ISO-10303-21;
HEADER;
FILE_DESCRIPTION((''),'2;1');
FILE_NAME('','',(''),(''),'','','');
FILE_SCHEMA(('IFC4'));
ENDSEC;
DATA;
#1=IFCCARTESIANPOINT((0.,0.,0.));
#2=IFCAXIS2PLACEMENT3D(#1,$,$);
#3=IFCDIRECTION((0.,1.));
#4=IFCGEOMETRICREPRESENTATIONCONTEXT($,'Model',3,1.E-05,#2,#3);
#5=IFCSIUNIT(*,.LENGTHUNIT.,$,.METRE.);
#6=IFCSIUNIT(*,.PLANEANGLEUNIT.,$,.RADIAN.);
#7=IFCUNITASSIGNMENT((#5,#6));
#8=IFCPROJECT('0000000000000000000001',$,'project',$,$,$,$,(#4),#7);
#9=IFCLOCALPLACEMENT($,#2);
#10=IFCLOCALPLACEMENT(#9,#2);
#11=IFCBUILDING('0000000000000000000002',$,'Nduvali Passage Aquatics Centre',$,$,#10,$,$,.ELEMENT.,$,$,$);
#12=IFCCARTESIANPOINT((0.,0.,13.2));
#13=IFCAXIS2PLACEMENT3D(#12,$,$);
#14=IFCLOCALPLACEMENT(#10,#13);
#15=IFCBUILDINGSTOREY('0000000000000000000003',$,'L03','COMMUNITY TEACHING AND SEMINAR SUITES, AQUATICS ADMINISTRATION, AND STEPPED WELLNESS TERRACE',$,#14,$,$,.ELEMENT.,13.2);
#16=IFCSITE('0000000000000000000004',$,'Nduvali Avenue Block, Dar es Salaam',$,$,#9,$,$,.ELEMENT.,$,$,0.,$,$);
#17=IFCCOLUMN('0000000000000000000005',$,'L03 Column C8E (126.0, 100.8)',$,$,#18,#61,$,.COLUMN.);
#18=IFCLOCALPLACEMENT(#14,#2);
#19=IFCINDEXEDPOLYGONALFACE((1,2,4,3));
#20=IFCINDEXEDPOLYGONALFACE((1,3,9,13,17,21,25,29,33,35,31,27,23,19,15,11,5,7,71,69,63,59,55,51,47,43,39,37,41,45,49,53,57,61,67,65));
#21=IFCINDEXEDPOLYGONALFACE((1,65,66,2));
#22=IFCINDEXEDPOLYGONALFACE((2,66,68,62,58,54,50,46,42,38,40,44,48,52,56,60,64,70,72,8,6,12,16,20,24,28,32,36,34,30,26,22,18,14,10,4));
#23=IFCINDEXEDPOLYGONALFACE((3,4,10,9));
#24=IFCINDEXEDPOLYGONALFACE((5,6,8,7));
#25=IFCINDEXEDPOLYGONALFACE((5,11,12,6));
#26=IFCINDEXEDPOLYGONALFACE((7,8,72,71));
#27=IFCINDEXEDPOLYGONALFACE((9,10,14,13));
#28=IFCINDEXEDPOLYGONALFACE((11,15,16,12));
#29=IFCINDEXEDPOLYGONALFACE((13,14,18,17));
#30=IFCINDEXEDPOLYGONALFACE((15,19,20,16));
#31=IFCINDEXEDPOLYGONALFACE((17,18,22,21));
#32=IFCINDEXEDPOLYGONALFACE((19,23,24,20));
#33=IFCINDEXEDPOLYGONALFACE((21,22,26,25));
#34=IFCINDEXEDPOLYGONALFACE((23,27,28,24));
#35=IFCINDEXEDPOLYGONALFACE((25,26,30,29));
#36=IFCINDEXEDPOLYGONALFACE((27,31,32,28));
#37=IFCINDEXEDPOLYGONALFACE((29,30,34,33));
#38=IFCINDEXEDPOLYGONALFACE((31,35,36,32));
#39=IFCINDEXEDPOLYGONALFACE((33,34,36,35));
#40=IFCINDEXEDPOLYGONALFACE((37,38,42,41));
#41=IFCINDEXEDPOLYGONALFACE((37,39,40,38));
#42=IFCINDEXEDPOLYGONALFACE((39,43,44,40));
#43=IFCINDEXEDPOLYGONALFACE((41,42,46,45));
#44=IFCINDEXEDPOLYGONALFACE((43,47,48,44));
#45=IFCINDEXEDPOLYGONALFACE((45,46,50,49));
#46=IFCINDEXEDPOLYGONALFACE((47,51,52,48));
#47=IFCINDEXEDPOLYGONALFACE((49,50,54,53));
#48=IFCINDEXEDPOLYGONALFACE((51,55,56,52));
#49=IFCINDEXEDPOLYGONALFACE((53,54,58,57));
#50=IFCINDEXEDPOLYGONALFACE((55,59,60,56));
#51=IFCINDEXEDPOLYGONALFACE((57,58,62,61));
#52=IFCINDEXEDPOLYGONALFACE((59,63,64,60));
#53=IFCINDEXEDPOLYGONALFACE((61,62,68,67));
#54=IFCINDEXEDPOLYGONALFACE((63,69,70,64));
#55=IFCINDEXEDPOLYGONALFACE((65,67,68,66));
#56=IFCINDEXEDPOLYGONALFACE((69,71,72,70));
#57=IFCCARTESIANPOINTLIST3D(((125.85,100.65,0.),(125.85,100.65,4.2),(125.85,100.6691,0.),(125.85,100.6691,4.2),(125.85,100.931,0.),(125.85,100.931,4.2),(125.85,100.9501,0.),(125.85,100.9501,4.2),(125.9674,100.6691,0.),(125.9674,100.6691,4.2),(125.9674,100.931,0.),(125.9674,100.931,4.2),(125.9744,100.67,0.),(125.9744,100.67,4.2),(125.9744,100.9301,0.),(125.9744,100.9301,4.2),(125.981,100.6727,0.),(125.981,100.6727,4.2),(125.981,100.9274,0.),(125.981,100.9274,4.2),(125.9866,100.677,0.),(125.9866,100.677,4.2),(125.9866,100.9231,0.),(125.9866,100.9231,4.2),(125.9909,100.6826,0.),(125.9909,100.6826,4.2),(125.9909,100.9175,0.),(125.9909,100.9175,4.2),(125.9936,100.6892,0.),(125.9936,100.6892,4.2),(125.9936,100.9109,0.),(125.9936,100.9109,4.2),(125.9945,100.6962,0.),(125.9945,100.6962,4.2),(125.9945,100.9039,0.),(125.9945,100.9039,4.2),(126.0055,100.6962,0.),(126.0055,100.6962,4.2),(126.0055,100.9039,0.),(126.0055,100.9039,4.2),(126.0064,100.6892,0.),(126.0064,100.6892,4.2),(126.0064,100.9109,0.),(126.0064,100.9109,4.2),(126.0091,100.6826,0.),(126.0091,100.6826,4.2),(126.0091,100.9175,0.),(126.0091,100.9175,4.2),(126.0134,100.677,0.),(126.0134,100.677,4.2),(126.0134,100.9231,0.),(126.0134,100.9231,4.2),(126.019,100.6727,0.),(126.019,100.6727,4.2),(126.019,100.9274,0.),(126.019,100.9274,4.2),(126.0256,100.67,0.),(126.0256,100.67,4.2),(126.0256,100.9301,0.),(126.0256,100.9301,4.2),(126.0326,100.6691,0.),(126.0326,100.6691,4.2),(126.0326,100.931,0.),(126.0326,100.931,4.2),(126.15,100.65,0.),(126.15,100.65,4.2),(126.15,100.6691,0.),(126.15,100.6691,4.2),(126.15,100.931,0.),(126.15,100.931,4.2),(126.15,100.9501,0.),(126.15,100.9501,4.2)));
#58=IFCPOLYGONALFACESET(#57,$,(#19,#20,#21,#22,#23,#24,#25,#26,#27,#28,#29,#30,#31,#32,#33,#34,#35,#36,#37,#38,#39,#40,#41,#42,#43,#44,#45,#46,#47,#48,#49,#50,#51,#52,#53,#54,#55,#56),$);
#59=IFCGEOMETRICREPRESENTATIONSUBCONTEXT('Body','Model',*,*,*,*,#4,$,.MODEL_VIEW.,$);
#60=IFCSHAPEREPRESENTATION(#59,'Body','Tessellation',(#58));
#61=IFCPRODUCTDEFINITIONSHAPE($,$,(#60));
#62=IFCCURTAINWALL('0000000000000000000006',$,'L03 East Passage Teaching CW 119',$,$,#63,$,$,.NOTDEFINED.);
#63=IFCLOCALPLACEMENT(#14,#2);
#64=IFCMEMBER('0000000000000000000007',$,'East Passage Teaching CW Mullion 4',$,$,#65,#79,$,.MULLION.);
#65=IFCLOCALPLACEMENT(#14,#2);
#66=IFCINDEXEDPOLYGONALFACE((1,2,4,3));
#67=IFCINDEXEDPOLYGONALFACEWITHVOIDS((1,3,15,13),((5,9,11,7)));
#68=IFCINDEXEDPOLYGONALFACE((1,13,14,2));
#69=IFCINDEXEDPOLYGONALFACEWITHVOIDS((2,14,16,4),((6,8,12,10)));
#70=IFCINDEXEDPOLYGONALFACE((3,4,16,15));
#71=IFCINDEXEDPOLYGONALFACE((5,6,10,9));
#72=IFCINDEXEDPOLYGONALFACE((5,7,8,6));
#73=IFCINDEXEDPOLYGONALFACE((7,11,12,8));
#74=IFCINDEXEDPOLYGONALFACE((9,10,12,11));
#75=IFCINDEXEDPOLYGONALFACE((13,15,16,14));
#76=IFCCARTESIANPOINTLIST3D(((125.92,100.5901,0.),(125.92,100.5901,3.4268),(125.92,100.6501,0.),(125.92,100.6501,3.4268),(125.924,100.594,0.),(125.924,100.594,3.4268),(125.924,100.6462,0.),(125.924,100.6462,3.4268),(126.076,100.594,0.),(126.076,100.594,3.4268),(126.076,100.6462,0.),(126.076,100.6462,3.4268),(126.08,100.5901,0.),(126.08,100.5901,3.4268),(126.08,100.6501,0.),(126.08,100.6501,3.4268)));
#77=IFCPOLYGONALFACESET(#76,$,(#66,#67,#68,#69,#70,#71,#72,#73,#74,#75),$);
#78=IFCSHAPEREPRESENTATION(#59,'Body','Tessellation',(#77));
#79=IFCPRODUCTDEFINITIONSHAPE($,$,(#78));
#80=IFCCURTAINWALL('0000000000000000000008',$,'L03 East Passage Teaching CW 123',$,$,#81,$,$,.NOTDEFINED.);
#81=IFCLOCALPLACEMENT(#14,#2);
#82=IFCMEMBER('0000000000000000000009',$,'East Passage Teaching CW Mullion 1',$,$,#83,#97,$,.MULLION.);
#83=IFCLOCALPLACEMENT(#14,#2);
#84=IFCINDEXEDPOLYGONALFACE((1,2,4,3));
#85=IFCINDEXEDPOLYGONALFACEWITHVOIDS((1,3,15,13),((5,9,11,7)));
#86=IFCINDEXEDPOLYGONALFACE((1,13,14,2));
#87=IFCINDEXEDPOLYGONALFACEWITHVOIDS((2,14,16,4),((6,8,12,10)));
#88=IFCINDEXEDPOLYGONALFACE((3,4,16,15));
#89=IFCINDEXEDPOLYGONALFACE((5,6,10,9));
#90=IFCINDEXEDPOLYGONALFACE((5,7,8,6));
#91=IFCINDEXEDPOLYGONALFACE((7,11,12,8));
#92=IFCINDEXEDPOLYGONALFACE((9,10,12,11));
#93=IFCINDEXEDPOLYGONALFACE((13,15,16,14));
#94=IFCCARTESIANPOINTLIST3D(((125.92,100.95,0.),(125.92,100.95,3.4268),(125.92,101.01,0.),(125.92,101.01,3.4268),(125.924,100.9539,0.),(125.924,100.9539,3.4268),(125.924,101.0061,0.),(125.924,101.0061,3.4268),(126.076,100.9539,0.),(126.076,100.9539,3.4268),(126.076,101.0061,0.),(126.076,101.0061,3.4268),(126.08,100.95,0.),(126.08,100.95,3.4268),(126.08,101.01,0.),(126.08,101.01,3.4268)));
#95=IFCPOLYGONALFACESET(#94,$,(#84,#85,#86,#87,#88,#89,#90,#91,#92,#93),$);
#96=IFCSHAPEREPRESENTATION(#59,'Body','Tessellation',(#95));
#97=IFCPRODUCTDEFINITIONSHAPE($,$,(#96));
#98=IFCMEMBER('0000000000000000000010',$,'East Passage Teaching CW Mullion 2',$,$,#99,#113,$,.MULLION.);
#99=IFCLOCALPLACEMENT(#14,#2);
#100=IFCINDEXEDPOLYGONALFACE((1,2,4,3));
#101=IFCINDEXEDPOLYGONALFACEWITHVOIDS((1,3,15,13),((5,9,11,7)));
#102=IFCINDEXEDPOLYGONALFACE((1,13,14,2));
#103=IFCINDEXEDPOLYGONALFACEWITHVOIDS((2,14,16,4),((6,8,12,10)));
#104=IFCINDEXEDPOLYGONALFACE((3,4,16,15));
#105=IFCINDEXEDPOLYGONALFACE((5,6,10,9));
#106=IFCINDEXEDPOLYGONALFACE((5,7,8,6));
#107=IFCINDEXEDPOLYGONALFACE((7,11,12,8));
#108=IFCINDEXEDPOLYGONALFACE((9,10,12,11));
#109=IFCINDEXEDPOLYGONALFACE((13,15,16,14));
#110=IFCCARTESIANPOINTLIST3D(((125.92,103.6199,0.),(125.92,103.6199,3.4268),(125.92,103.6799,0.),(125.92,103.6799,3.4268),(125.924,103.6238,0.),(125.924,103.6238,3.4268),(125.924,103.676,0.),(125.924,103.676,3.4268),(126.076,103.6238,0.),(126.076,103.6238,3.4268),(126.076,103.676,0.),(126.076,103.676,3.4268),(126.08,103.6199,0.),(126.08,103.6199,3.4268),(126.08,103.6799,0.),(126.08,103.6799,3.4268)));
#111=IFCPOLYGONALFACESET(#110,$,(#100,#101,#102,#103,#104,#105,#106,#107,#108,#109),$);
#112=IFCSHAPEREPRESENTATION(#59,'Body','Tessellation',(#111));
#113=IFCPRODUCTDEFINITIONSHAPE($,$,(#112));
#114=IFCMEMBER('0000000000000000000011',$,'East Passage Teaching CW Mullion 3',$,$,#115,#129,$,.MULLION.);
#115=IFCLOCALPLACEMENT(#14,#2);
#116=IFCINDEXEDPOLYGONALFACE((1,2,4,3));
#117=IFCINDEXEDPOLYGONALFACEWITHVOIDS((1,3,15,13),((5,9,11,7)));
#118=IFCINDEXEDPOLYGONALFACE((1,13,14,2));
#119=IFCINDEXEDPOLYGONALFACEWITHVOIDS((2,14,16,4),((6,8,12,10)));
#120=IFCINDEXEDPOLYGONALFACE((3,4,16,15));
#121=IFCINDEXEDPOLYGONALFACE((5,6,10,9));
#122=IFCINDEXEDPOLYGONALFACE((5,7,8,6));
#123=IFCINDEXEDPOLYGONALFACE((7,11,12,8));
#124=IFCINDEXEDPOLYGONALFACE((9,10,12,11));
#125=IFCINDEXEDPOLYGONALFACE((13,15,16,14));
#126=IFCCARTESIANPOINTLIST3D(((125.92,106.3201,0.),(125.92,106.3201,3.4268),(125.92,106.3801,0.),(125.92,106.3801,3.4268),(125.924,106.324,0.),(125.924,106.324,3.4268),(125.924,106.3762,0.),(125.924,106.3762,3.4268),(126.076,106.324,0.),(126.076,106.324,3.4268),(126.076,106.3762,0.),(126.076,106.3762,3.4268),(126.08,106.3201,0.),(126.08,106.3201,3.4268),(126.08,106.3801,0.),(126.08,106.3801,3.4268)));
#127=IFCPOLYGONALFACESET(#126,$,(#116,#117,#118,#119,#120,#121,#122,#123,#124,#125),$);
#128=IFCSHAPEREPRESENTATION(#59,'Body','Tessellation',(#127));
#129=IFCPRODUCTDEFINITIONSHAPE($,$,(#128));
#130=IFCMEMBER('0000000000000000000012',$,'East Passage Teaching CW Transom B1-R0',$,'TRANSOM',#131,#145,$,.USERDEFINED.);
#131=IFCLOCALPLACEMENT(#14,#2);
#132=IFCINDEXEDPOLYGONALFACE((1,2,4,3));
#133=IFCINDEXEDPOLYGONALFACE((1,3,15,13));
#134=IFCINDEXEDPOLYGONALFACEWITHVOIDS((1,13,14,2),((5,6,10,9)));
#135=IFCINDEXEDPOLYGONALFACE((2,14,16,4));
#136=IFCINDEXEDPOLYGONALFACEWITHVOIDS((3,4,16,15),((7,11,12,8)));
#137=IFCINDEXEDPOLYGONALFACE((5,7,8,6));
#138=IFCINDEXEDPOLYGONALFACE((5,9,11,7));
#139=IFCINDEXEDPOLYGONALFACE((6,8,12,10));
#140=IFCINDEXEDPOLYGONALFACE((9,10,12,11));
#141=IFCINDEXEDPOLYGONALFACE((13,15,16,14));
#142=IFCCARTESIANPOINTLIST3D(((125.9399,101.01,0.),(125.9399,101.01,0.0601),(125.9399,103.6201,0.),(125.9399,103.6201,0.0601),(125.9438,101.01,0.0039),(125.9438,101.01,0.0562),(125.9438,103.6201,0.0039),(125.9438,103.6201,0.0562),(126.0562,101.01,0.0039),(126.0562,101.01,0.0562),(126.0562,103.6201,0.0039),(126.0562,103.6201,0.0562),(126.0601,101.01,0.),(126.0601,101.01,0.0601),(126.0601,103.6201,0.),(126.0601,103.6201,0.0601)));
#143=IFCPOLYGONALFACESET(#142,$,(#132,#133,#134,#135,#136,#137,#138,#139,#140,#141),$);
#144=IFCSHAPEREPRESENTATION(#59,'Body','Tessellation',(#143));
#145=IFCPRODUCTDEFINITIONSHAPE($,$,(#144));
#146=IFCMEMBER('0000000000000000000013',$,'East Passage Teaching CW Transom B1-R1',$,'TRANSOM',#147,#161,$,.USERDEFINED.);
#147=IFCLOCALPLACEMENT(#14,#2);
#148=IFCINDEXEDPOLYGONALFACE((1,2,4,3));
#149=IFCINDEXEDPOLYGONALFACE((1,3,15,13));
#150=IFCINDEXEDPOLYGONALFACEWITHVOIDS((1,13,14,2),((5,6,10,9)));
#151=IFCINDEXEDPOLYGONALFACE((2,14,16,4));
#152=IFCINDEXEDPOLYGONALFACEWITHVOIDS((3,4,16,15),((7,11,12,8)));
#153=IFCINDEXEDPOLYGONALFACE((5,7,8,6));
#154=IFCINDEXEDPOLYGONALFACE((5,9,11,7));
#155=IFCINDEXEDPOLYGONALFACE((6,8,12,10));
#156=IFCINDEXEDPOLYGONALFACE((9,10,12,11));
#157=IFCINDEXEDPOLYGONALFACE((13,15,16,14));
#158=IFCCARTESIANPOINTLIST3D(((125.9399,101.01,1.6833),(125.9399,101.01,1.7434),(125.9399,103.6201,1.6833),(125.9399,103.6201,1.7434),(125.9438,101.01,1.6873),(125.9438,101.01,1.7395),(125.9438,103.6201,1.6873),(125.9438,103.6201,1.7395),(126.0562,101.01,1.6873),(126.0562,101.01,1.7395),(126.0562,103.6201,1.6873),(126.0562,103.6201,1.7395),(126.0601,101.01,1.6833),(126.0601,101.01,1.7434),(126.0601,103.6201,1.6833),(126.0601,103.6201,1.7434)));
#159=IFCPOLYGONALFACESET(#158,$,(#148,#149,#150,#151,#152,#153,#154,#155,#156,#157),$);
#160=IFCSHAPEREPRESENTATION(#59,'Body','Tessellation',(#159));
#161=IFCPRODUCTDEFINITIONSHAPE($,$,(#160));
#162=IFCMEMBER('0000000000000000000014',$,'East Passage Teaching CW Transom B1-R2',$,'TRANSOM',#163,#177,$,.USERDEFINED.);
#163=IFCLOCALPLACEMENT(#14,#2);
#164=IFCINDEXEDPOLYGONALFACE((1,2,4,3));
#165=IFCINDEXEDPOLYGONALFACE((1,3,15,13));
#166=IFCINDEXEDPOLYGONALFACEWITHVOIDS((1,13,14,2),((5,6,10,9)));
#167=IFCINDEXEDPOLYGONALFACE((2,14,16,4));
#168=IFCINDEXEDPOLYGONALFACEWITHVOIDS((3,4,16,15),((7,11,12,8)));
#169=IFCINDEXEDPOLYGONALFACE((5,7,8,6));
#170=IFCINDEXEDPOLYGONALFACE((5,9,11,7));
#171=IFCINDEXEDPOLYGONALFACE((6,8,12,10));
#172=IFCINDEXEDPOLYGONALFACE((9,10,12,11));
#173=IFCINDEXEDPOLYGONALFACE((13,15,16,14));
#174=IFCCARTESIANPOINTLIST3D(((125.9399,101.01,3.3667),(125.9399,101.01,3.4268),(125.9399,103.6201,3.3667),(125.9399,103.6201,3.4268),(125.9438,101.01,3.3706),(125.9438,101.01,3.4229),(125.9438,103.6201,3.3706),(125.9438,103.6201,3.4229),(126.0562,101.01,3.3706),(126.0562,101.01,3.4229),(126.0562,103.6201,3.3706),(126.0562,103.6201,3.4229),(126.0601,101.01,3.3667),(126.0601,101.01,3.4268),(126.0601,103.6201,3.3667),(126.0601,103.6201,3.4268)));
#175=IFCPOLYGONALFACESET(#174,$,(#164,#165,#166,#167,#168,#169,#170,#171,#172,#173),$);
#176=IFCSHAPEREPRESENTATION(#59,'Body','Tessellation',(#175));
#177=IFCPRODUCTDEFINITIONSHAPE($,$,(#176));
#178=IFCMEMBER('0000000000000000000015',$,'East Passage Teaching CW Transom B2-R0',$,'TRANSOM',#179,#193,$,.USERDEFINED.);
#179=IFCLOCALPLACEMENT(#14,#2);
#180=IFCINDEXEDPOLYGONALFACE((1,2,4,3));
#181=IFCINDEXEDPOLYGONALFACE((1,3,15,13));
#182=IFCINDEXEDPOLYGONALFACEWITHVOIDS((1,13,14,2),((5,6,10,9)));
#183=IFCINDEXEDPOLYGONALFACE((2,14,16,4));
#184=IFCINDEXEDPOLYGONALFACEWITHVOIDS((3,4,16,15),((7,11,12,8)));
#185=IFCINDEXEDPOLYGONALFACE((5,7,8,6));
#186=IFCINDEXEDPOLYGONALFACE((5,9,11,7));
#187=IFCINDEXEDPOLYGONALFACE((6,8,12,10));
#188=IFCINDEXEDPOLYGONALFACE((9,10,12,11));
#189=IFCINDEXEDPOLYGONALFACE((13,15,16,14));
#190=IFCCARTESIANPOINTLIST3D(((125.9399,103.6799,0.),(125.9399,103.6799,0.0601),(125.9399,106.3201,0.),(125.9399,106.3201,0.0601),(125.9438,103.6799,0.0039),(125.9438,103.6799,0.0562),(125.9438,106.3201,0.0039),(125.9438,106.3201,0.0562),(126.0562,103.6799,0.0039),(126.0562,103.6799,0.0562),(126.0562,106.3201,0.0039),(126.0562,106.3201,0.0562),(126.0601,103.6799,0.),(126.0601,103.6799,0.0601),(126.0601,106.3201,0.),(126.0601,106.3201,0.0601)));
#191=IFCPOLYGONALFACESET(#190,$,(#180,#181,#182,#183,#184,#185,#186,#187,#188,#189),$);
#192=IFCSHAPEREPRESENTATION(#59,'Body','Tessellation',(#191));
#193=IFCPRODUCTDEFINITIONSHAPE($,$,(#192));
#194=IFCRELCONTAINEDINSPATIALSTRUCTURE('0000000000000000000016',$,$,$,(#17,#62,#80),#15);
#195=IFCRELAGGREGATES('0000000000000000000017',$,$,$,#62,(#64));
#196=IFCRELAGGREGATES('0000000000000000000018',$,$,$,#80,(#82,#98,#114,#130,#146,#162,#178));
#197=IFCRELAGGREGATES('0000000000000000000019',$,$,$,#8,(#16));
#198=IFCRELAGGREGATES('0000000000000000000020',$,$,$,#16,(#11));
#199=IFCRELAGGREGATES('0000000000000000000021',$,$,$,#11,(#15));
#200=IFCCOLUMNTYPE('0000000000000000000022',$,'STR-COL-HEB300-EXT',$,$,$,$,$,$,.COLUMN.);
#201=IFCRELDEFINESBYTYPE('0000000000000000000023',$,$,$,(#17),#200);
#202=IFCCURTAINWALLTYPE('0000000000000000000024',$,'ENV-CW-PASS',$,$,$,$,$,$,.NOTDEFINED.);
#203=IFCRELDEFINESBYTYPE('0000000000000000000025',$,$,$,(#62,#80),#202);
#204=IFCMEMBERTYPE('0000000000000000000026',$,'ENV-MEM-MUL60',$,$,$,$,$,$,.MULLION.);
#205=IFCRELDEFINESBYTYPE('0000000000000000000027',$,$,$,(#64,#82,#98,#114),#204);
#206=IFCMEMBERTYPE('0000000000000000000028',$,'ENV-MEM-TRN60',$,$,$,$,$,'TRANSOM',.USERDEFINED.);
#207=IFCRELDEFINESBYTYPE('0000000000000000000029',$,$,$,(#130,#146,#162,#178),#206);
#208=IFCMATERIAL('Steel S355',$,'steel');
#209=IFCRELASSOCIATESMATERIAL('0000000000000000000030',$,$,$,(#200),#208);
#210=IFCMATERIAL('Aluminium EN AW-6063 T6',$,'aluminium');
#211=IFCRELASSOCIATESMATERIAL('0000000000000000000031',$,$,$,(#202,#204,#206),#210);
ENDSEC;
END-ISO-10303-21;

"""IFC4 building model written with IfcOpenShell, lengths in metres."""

from ifc_helpers import new_model, si_unit, direction, frame, origin, origin_2d, place, context, subcontext, project, spatial, hollow_rectangle, i_section, extrude, material, material_profile, profile_set, type_object, element, aggregate, save


model = new_model("IFC4")

# Units and contexts
model_context = context("Model", 3, precision=1e-05, world=origin(), true_north=direction((0.0, 1.0)))
body_context = subcontext(model_context, "Body", "Model", "MODEL_VIEW")
ifc_project = project(units=[si_unit("LENGTHUNIT", "METRE"), si_unit("PLANEANGLEUNIT", "RADIAN")], contexts=[model_context])

# Site, building, storey
site_placement = place(None, origin())
site = spatial("IfcSite", under=ifc_project, at=site_placement, Name="Nduvali Avenue Block, Dar es Salaam", CompositionType="ELEMENT", RefElevation=0.0)
building_placement = place(site_placement, origin())
building = spatial("IfcBuilding", under=site, at=building_placement, Name="Nduvali Passage Aquatics Centre", CompositionType="ELEMENT")
storey_placement = place(building_placement, frame((0.0, 0.0, 13.2)))
storey = spatial("IfcBuildingStorey", under=building, at=storey_placement, Name="L03", Description="COMMUNITY TEACHING AND SEMINAR SUITES, AQUATICS ADMINISTRATION, AND STEPPED WELLNESS TERRACE", CompositionType="ELEMENT", Elevation=13.2)

# Column
ifc_material_1 = material(Name="Steel S355", Category="steel")
ifc_material_profile_1 = material_profile(ifc_material_1, i_section(OverallWidth=0.3, OverallDepth=0.3, WebThickness=0.011, FlangeThickness=0.019, FilletRadius=0.0271, at=origin_2d()), Name="HEB 300")
ifc_profile_set_1 = profile_set([ifc_material_profile_1], Name="Steel S355")
column_type = type_object("IfcColumnType", Name="STR-COL-HEB300-EXT", PredefinedType="COLUMN", material=ifc_profile_set_1)
column_placement = place(storey_placement, frame((126.0, 100.8, 0.0), z_axis=(0.0, 0.0, 1.0), x_axis=(1.0, 0.0, 0.0)))
element("IfcColumn", 1, at=column_placement, inside=storey, type_object=column_type, Name="L03 Column C8E (126.0, 100.8)", PredefinedType="COLUMN", context=body_context, shape_type="SweptSolid", body=[
    extrude(i_section(OverallWidth=0.3, OverallDepth=0.3, WebThickness=0.011, FlangeThickness=0.019, FilletRadius=0.0271, at=origin_2d()), origin(), (0.0, 0.0, 1.0), 4.2),
])

# Curtain wall, member
ifc_material_2 = material(Name="Aluminium EN AW-6063 T6", Category="aluminium")
curtain_wall_type = type_object("IfcCurtainWallType", Name="ENV-CW-PASS", PredefinedType="NOTDEFINED", material=ifc_material_2)
curtain_wall_1_placement = place(storey_placement, origin())
curtain_wall_1 = element("IfcCurtainWall", 2, at=curtain_wall_1_placement, inside=storey, type_object=curtain_wall_type, Name="L03 East Passage Teaching CW 119", PredefinedType="NOTDEFINED")
ifc_material_profile_2 = material_profile(ifc_material_2, hollow_rectangle(XDim=0.0601, YDim=0.1599, WallThickness=0.0039, at=origin_2d()), Name="ALU MULLION 60x160x4")
ifc_profile_set_2 = profile_set([ifc_material_profile_2], Name="Aluminium EN AW-6063 T6")
member_type_1 = type_object("IfcMemberType", Name="ENV-MEM-MUL60", PredefinedType="MULLION", material=ifc_profile_set_2)
member_1_placement = place(storey_placement, frame((126.0, 100.6201, 0.0), z_axis=(0.0, 0.0, 1.0), x_axis=(0.0, 1.0, 0.0)))
member_1 = element("IfcMember", 3, at=member_1_placement, type_object=member_type_1, Name="East Passage Teaching CW Mullion 4", PredefinedType="MULLION", context=body_context, shape_type="SweptSolid", body=[
    extrude(hollow_rectangle(XDim=0.0601, YDim=0.1599, WallThickness=0.0039, at=origin_2d()), origin(), (0.0, 0.0, 1.0), 3.4268),
])

# Curtain wall, members
curtain_wall_2_placement = place(storey_placement, origin())
curtain_wall_2 = element("IfcCurtainWall", 4, at=curtain_wall_2_placement, inside=storey, type_object=curtain_wall_type, Name="L03 East Passage Teaching CW 123", PredefinedType="NOTDEFINED")
member_2_placement = place(storey_placement, frame((126.0, 100.98, 0.0), z_axis=(0.0, 0.0, 1.0), x_axis=(0.0, 1.0, 0.0)))
member_2 = element("IfcMember", 5, at=member_2_placement, type_object=member_type_1, Name="East Passage Teaching CW Mullion 1", PredefinedType="MULLION", context=body_context, shape_type="SweptSolid", body=[
    extrude(hollow_rectangle(XDim=0.0601, YDim=0.1599, WallThickness=0.0039, at=origin_2d()), origin(), (0.0, 0.0, 1.0), 3.4268),
])
member_3_placement = place(storey_placement, frame((126.0, 103.6499, 0.0), z_axis=(0.0, 0.0, 1.0), x_axis=(0.0, 1.0, 0.0)))
member_3 = element("IfcMember", 6, at=member_3_placement, type_object=member_type_1, Name="East Passage Teaching CW Mullion 2", PredefinedType="MULLION", context=body_context, shape_type="SweptSolid", body=[
    extrude(hollow_rectangle(XDim=0.0601, YDim=0.1599, WallThickness=0.0039, at=origin_2d()), origin(), (0.0, 0.0, 1.0), 3.4268),
])
member_4_placement = place(storey_placement, frame((126.0, 106.3501, 0.0), z_axis=(0.0, 0.0, 1.0), x_axis=(0.0, 1.0, 0.0)))
member_4 = element("IfcMember", 7, at=member_4_placement, type_object=member_type_1, Name="East Passage Teaching CW Mullion 3", PredefinedType="MULLION", context=body_context, shape_type="SweptSolid", body=[
    extrude(hollow_rectangle(XDim=0.0601, YDim=0.1599, WallThickness=0.0039, at=origin_2d()), origin(), (0.0, 0.0, 1.0), 3.4268),
])
ifc_material_profile_3 = material_profile(ifc_material_2, hollow_rectangle(XDim=0.1201, YDim=0.0601, WallThickness=0.0039, at=origin_2d()), Name="ALU TRANSOM 120x60x4")
ifc_profile_set_3 = profile_set([ifc_material_profile_3], Name="Aluminium EN AW-6063 T6")
member_type_2 = type_object("IfcMemberType", Name="ENV-MEM-TRN60", ElementType="TRANSOM", PredefinedType="USERDEFINED", material=ifc_profile_set_3)
member_5_placement = place(storey_placement, frame((126.0, 101.01, 0.03), z_axis=(0.0, 1.0, 0.0), x_axis=(-1.0, 0.0, 0.0)))
member_5 = element("IfcMember", 8, at=member_5_placement, type_object=member_type_2, Name="East Passage Teaching CW Transom B1-R0", ObjectType="TRANSOM", PredefinedType="USERDEFINED", context=body_context, shape_type="SweptSolid", body=[
    extrude(hollow_rectangle(XDim=0.1201, YDim=0.0601, WallThickness=0.0039, at=origin_2d()), origin(), (0.0, 0.0, 1.0), 2.6101),
])
member_6_placement = place(storey_placement, frame((126.0, 101.01, 1.7134), z_axis=(0.0, 1.0, 0.0), x_axis=(-1.0, 0.0, 0.0)))
member_6 = element("IfcMember", 9, at=member_6_placement, type_object=member_type_2, Name="East Passage Teaching CW Transom B1-R1", ObjectType="TRANSOM", PredefinedType="USERDEFINED", context=body_context, shape_type="SweptSolid", body=[
    extrude(hollow_rectangle(XDim=0.1201, YDim=0.0601, WallThickness=0.0039, at=origin_2d()), origin(), (0.0, 0.0, 1.0), 2.6101),
])
member_7_placement = place(storey_placement, frame((126.0, 101.01, 3.3967), z_axis=(0.0, 1.0, 0.0), x_axis=(-1.0, 0.0, 0.0)))
member_7 = element("IfcMember", 10, at=member_7_placement, type_object=member_type_2, Name="East Passage Teaching CW Transom B1-R2", ObjectType="TRANSOM", PredefinedType="USERDEFINED", context=body_context, shape_type="SweptSolid", body=[
    extrude(hollow_rectangle(XDim=0.1201, YDim=0.0601, WallThickness=0.0039, at=origin_2d()), origin(), (0.0, 0.0, 1.0), 2.6101),
])
member_8_placement = place(storey_placement, frame((126.0, 103.6799, 0.03), z_axis=(0.0, 1.0, 0.0), x_axis=(-1.0, 0.0, 0.0)))
member_8 = element("IfcMember", 11, at=member_8_placement, type_object=member_type_2, Name="East Passage Teaching CW Transom B2-R0", ObjectType="TRANSOM", PredefinedType="USERDEFINED", context=body_context, shape_type="SweptSolid", body=[
    extrude(hollow_rectangle(XDim=0.1201, YDim=0.0601, WallThickness=0.0039, at=origin_2d()), origin(), (0.0, 0.0, 1.0), 2.6401),
])

aggregate(curtain_wall_1, [member_1])
aggregate(curtain_wall_2, [member_2, member_3, member_4, member_5, member_6, member_7, member_8])

save(model, "model.ifc")
